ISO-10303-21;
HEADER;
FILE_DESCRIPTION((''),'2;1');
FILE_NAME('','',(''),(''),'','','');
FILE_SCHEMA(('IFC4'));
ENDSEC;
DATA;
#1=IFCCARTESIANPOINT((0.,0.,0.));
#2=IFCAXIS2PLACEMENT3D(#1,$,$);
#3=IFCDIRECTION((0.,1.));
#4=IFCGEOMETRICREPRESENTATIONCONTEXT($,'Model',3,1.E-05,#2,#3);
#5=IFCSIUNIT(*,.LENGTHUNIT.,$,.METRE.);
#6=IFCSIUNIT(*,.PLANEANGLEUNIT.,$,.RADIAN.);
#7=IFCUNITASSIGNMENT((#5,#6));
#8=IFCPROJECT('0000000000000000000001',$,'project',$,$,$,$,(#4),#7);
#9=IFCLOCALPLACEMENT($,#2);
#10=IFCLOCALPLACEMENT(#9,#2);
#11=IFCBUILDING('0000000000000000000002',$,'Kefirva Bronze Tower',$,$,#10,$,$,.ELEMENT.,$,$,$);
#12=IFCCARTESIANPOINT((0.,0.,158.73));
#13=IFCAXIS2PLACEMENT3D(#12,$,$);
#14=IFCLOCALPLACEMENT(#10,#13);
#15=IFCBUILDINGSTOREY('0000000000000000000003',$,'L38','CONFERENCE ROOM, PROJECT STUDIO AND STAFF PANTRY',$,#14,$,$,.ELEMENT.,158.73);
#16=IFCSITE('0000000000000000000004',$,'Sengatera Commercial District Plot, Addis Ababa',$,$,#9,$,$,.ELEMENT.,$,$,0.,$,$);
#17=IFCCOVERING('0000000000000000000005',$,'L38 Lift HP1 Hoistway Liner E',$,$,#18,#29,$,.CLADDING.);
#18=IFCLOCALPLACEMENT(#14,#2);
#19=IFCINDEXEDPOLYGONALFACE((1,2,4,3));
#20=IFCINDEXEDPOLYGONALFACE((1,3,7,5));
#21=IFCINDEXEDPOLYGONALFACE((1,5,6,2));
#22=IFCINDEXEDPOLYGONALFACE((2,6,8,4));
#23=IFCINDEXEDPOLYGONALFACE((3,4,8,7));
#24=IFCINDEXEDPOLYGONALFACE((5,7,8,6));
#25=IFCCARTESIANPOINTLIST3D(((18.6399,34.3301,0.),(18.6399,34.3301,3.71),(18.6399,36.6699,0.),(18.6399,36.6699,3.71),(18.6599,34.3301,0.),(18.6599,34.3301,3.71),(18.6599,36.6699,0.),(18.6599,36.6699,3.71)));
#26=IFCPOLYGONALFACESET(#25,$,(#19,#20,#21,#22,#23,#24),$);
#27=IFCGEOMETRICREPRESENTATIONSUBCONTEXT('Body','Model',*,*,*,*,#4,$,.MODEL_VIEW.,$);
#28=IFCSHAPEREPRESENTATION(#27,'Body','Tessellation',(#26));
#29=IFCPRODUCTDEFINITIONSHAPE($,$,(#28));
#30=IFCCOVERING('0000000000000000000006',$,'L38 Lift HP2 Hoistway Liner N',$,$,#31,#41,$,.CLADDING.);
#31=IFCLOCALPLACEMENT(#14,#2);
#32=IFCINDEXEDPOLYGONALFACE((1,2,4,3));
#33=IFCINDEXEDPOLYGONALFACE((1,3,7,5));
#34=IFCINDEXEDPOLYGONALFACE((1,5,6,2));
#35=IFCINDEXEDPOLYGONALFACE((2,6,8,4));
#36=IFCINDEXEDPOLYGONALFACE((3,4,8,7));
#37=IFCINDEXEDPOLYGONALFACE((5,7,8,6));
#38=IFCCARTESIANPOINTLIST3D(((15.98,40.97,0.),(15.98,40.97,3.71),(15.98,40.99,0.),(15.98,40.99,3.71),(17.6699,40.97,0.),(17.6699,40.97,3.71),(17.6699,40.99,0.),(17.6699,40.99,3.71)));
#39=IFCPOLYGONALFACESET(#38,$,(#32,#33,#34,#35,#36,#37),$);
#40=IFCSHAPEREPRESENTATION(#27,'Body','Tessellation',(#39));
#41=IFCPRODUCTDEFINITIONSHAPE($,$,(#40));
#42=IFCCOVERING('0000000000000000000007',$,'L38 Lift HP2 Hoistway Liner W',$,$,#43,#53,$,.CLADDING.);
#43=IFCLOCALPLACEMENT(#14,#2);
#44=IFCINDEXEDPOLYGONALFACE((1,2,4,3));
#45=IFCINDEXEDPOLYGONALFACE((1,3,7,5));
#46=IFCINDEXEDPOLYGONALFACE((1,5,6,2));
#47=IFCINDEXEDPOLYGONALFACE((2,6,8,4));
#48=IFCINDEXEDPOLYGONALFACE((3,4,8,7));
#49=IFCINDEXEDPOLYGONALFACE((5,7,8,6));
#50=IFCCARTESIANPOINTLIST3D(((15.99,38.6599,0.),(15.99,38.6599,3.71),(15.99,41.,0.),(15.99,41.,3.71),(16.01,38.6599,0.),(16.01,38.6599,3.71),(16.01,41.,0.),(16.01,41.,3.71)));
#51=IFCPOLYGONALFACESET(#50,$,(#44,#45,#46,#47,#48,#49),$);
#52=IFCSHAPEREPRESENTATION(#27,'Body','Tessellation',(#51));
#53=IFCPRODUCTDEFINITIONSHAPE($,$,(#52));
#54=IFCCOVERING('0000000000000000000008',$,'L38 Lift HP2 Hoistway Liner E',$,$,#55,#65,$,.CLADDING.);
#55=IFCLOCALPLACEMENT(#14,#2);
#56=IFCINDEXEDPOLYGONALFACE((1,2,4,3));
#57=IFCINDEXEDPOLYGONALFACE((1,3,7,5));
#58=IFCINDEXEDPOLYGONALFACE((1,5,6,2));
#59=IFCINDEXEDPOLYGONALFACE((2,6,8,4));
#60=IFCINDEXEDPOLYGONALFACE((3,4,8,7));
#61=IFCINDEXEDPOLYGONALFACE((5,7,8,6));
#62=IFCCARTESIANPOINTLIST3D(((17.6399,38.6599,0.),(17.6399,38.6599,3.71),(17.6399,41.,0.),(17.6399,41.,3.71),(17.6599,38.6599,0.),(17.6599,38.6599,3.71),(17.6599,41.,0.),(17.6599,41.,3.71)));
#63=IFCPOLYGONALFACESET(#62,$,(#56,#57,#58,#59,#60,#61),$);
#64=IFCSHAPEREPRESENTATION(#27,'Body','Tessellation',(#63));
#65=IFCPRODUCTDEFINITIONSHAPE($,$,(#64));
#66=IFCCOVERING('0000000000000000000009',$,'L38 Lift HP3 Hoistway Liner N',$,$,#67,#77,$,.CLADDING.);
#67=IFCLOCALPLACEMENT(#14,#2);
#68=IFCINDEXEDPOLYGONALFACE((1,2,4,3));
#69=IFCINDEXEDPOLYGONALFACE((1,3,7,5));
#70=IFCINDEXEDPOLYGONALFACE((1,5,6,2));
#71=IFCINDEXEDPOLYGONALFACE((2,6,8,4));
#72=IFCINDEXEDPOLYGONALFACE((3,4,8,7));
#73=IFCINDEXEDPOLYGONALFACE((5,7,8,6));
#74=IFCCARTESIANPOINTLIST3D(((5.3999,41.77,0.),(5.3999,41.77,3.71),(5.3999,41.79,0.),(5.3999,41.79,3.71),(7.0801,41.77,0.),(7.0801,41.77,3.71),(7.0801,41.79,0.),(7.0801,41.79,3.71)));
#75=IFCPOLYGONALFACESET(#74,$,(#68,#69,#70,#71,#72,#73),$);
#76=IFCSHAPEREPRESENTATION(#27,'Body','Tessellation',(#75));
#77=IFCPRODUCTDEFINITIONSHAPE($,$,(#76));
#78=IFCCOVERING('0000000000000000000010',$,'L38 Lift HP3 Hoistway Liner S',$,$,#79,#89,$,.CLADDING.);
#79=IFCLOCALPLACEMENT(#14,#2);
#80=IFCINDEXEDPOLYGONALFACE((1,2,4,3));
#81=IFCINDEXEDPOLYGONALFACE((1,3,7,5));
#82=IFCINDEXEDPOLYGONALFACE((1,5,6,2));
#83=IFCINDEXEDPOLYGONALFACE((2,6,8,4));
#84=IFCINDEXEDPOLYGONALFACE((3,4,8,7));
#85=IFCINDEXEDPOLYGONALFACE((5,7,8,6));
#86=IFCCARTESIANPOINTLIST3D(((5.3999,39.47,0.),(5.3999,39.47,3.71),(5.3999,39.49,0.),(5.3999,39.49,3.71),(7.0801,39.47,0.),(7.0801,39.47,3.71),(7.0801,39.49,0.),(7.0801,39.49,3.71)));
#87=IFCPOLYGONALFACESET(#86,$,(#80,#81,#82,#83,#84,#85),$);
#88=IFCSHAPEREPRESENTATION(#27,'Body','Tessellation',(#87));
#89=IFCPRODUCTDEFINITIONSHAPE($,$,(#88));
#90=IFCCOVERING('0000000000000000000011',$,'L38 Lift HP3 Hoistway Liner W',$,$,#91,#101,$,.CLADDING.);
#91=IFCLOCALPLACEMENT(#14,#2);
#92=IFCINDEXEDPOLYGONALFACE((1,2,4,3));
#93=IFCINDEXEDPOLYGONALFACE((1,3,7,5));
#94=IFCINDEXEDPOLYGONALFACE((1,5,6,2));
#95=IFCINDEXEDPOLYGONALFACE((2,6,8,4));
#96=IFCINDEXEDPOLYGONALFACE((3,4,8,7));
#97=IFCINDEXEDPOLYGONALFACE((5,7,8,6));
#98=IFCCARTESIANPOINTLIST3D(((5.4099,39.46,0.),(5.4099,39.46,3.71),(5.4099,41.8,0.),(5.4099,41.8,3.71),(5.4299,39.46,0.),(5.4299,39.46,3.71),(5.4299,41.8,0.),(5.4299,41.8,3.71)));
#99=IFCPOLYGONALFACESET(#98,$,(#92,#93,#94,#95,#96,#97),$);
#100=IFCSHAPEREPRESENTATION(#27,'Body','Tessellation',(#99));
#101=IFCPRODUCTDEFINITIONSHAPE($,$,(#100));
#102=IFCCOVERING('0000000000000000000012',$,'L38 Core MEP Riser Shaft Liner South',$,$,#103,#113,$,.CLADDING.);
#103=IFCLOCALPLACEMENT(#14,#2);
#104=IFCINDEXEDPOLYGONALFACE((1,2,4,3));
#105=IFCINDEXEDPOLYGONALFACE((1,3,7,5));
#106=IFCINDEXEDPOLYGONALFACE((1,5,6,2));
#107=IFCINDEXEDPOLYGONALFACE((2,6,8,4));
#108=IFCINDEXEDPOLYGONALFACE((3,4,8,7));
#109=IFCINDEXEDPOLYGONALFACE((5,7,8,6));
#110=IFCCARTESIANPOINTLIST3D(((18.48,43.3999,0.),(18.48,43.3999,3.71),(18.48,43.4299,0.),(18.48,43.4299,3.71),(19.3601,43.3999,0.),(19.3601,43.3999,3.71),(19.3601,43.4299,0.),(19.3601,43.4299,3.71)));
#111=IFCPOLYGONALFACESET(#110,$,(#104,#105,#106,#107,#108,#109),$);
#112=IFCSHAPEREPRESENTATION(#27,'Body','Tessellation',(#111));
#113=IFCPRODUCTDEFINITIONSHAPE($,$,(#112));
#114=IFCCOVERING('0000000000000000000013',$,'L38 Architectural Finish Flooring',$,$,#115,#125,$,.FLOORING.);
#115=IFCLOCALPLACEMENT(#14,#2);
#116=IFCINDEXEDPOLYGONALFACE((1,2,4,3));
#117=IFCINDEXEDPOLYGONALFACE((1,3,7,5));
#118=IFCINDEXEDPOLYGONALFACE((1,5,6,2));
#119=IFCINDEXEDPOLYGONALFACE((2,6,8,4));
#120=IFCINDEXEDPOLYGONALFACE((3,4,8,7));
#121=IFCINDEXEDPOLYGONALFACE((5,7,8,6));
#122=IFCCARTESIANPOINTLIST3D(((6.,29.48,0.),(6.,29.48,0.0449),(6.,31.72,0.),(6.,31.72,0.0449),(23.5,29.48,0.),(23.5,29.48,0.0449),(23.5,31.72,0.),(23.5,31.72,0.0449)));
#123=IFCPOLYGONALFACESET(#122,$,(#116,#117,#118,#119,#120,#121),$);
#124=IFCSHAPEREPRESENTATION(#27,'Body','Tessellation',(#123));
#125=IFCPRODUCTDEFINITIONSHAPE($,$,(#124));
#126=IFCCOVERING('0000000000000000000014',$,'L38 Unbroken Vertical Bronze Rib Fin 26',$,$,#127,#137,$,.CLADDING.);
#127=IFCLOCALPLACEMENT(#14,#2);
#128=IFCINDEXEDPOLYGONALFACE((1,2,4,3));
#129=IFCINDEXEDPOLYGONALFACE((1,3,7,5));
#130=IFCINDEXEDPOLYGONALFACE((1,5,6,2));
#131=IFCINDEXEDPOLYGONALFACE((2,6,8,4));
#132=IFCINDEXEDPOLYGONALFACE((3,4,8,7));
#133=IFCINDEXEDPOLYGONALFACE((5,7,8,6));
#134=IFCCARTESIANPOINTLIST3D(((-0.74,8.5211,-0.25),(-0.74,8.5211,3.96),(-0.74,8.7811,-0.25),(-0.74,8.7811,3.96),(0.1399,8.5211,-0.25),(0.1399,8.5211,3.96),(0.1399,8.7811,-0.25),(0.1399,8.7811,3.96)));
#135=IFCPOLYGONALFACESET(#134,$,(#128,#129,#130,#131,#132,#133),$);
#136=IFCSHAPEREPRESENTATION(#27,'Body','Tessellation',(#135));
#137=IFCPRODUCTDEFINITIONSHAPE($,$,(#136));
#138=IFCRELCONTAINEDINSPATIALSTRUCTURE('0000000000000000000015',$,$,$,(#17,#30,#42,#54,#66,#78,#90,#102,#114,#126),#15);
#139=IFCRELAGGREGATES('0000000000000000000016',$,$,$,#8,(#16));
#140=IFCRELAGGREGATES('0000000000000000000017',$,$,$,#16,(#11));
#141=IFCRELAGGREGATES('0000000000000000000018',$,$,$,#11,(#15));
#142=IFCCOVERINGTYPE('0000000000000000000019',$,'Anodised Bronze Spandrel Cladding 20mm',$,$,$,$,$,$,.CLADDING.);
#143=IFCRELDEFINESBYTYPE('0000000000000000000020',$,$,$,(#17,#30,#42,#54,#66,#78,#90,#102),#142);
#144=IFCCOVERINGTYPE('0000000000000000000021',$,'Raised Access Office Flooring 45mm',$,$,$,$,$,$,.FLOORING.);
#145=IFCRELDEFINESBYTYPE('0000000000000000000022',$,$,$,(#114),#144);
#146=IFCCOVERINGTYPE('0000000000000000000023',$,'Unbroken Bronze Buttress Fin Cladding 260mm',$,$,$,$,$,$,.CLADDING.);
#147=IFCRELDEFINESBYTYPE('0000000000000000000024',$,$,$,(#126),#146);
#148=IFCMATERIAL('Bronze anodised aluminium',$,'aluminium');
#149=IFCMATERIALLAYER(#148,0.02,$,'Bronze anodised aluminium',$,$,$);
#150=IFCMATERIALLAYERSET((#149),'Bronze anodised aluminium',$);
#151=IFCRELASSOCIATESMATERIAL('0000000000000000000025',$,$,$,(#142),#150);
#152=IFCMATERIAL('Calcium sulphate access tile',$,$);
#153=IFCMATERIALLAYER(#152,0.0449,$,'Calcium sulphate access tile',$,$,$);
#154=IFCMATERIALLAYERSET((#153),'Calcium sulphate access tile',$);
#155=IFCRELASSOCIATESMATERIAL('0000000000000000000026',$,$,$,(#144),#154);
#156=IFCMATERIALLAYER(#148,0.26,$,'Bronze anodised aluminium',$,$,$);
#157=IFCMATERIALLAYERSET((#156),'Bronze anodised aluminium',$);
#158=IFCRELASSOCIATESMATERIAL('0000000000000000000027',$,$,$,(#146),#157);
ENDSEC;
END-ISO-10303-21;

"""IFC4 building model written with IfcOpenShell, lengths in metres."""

from ifc_helpers import new_model, si_unit, direction, frame, origin, origin_2d, place, context, subcontext, project, spatial, polyline, rectangle, outline, extrude, material, layer, layer_set, type_object, element, save


model = new_model("IFC4")

# Units and contexts
model_context = context("Model", 3, precision=1e-05, world=origin(), true_north=direction((0.0, 1.0)))
body_context = subcontext(model_context, "Body", "Model", "MODEL_VIEW")
ifc_project = project(units=[si_unit("LENGTHUNIT", "METRE"), si_unit("PLANEANGLEUNIT", "RADIAN")], contexts=[model_context])

# Site, building, storey
site_placement = place(None, origin())
site = spatial("IfcSite", under=ifc_project, at=site_placement, Name="Sengatera Commercial District Plot, Addis Ababa", CompositionType="ELEMENT", RefElevation=0.0)
building_placement = place(site_placement, origin())
building = spatial("IfcBuilding", under=site, at=building_placement, Name="Kefirva Bronze Tower", CompositionType="ELEMENT")
storey_placement = place(building_placement, frame((0.0, 0.0, 158.73)))
storey = spatial("IfcBuildingStorey", under=building, at=storey_placement, Name="L38", Description="CONFERENCE ROOM, PROJECT STUDIO AND STAFF PANTRY", CompositionType="ELEMENT", Elevation=158.73)

# Shared definitions
ifc_material_1 = material(Name="Bronze anodised aluminium", Category="aluminium")

# Coverings
ifc_layer_1 = layer(ifc_material_1, 0.02, Name="Bronze anodised aluminium")
ifc_layer_set_1 = layer_set([ifc_layer_1], Name="Bronze anodised aluminium")
covering_type_1 = type_object("IfcCoveringType", Name="Anodised Bronze Spandrel Cladding 20mm", PredefinedType="CLADDING", material=ifc_layer_set_1)
covering_1_placement = place(storey_placement, origin())
element("IfcCovering", 1, at=covering_1_placement, inside=storey, type_object=covering_type_1, Name="L38 Lift HP1 Hoistway Liner E", PredefinedType="CLADDING", context=body_context, shape_type="SweptSolid", body=[
    extrude(outline(polyline([(18.6399, 34.3301), (18.6599, 34.3301), (18.6599, 36.6699), (18.6399, 36.6699), (18.6399, 34.3301)])), origin(), (0.0, 0.0, 1.0), 3.71),
])
covering_2_placement = place(storey_placement, origin())
element("IfcCovering", 2, at=covering_2_placement, inside=storey, type_object=covering_type_1, Name="L38 Lift HP2 Hoistway Liner N", PredefinedType="CLADDING", context=body_context, shape_type="SweptSolid", body=[
    extrude(outline(polyline([(15.98, 40.97), (17.6699, 40.97), (17.6699, 40.99), (15.98, 40.99), (15.98, 40.97)])), origin(), (0.0, 0.0, 1.0), 3.71),
])
covering_3_placement = place(storey_placement, origin())
element("IfcCovering", 3, at=covering_3_placement, inside=storey, type_object=covering_type_1, Name="L38 Lift HP2 Hoistway Liner W", PredefinedType="CLADDING", context=body_context, shape_type="SweptSolid", body=[
    extrude(outline(polyline([(15.99, 38.6599), (16.01, 38.6599), (16.01, 41.0), (15.99, 41.0), (15.99, 38.6599)])), origin(), (0.0, 0.0, 1.0), 3.71),
])
covering_4_placement = place(storey_placement, origin())
element("IfcCovering", 4, at=covering_4_placement, inside=storey, type_object=covering_type_1, Name="L38 Lift HP2 Hoistway Liner E", PredefinedType="CLADDING", context=body_context, shape_type="SweptSolid", body=[
    extrude(outline(polyline([(17.6399, 38.6599), (17.6599, 38.6599), (17.6599, 41.0), (17.6399, 41.0), (17.6399, 38.6599)])), origin(), (0.0, 0.0, 1.0), 3.71),
])
covering_5_placement = place(storey_placement, origin())
element("IfcCovering", 5, at=covering_5_placement, inside=storey, type_object=covering_type_1, Name="L38 Lift HP3 Hoistway Liner N", PredefinedType="CLADDING", context=body_context, shape_type="SweptSolid", body=[
    extrude(outline(polyline([(5.3999, 41.77), (7.0801, 41.77), (7.0801, 41.79), (5.3999, 41.79), (5.3999, 41.77)])), origin(), (0.0, 0.0, 1.0), 3.71),
])
covering_6_placement = place(storey_placement, origin())
element("IfcCovering", 6, at=covering_6_placement, inside=storey, type_object=covering_type_1, Name="L38 Lift HP3 Hoistway Liner S", PredefinedType="CLADDING", context=body_context, shape_type="SweptSolid", body=[
    extrude(outline(polyline([(5.3999, 39.47), (7.0801, 39.47), (7.0801, 39.49), (5.3999, 39.49), (5.3999, 39.47)])), origin(), (0.0, 0.0, 1.0), 3.71),
])
covering_7_placement = place(storey_placement, origin())
element("IfcCovering", 7, at=covering_7_placement, inside=storey, type_object=covering_type_1, Name="L38 Lift HP3 Hoistway Liner W", PredefinedType="CLADDING", context=body_context, shape_type="SweptSolid", body=[
    extrude(outline(polyline([(5.4099, 39.46), (5.4299, 39.46), (5.4299, 41.8), (5.4099, 41.8), (5.4099, 39.46)])), origin(), (0.0, 0.0, 1.0), 3.71),
])
covering_8_placement = place(storey_placement, origin())
element("IfcCovering", 8, at=covering_8_placement, inside=storey, type_object=covering_type_1, Name="L38 Core MEP Riser Shaft Liner South", PredefinedType="CLADDING", context=body_context, shape_type="SweptSolid", body=[
    extrude(outline(polyline([(18.48, 43.3999), (19.3601, 43.3999), (19.3601, 43.4299), (18.48, 43.4299), (18.48, 43.3999)])), origin(), (0.0, 0.0, 1.0), 3.71),
])
ifc_material_2 = material(Name="Calcium sulphate access tile")
ifc_layer_2 = layer(ifc_material_2, 0.0449, Name="Calcium sulphate access tile")
ifc_layer_set_2 = layer_set([ifc_layer_2], Name="Calcium sulphate access tile")
covering_type_2 = type_object("IfcCoveringType", Name="Raised Access Office Flooring 45mm", PredefinedType="FLOORING", material=ifc_layer_set_2)
covering_9_placement = place(storey_placement, origin())
element("IfcCovering", 9, at=covering_9_placement, inside=storey, type_object=covering_type_2, Name="L38 Architectural Finish Flooring", PredefinedType="FLOORING", context=body_context, shape_type="SweptSolid", body=[
    extrude(outline(polyline([(6.0, 29.48), (23.5, 29.48), (23.5, 31.72), (6.0, 31.72), (6.0, 29.48)])), origin(), (0.0, 0.0, 1.0), 0.0449),
])
ifc_layer_3 = layer(ifc_material_1, 0.26, Name="Bronze anodised aluminium")
ifc_layer_set_3 = layer_set([ifc_layer_3], Name="Bronze anodised aluminium")
covering_type_3 = type_object("IfcCoveringType", Name="Unbroken Bronze Buttress Fin Cladding 260mm", PredefinedType="CLADDING", material=ifc_layer_set_3)
covering_10_placement = place(storey_placement, frame((-0.3, 8.6511, -0.25), z_axis=(0.0, 0.0, 1.0), x_axis=(0.0, -1.0, 0.0)))
element("IfcCovering", 10, at=covering_10_placement, inside=storey, type_object=covering_type_3, Name="L38 Unbroken Vertical Bronze Rib Fin 26", PredefinedType="CLADDING", context=body_context, shape_type="SweptSolid", body=[
    extrude(rectangle(XDim=0.26, YDim=0.8799, at=origin_2d()), origin(), (0.0, 0.0, 1.0), 4.21),
])

save(model, "model.ifc")
